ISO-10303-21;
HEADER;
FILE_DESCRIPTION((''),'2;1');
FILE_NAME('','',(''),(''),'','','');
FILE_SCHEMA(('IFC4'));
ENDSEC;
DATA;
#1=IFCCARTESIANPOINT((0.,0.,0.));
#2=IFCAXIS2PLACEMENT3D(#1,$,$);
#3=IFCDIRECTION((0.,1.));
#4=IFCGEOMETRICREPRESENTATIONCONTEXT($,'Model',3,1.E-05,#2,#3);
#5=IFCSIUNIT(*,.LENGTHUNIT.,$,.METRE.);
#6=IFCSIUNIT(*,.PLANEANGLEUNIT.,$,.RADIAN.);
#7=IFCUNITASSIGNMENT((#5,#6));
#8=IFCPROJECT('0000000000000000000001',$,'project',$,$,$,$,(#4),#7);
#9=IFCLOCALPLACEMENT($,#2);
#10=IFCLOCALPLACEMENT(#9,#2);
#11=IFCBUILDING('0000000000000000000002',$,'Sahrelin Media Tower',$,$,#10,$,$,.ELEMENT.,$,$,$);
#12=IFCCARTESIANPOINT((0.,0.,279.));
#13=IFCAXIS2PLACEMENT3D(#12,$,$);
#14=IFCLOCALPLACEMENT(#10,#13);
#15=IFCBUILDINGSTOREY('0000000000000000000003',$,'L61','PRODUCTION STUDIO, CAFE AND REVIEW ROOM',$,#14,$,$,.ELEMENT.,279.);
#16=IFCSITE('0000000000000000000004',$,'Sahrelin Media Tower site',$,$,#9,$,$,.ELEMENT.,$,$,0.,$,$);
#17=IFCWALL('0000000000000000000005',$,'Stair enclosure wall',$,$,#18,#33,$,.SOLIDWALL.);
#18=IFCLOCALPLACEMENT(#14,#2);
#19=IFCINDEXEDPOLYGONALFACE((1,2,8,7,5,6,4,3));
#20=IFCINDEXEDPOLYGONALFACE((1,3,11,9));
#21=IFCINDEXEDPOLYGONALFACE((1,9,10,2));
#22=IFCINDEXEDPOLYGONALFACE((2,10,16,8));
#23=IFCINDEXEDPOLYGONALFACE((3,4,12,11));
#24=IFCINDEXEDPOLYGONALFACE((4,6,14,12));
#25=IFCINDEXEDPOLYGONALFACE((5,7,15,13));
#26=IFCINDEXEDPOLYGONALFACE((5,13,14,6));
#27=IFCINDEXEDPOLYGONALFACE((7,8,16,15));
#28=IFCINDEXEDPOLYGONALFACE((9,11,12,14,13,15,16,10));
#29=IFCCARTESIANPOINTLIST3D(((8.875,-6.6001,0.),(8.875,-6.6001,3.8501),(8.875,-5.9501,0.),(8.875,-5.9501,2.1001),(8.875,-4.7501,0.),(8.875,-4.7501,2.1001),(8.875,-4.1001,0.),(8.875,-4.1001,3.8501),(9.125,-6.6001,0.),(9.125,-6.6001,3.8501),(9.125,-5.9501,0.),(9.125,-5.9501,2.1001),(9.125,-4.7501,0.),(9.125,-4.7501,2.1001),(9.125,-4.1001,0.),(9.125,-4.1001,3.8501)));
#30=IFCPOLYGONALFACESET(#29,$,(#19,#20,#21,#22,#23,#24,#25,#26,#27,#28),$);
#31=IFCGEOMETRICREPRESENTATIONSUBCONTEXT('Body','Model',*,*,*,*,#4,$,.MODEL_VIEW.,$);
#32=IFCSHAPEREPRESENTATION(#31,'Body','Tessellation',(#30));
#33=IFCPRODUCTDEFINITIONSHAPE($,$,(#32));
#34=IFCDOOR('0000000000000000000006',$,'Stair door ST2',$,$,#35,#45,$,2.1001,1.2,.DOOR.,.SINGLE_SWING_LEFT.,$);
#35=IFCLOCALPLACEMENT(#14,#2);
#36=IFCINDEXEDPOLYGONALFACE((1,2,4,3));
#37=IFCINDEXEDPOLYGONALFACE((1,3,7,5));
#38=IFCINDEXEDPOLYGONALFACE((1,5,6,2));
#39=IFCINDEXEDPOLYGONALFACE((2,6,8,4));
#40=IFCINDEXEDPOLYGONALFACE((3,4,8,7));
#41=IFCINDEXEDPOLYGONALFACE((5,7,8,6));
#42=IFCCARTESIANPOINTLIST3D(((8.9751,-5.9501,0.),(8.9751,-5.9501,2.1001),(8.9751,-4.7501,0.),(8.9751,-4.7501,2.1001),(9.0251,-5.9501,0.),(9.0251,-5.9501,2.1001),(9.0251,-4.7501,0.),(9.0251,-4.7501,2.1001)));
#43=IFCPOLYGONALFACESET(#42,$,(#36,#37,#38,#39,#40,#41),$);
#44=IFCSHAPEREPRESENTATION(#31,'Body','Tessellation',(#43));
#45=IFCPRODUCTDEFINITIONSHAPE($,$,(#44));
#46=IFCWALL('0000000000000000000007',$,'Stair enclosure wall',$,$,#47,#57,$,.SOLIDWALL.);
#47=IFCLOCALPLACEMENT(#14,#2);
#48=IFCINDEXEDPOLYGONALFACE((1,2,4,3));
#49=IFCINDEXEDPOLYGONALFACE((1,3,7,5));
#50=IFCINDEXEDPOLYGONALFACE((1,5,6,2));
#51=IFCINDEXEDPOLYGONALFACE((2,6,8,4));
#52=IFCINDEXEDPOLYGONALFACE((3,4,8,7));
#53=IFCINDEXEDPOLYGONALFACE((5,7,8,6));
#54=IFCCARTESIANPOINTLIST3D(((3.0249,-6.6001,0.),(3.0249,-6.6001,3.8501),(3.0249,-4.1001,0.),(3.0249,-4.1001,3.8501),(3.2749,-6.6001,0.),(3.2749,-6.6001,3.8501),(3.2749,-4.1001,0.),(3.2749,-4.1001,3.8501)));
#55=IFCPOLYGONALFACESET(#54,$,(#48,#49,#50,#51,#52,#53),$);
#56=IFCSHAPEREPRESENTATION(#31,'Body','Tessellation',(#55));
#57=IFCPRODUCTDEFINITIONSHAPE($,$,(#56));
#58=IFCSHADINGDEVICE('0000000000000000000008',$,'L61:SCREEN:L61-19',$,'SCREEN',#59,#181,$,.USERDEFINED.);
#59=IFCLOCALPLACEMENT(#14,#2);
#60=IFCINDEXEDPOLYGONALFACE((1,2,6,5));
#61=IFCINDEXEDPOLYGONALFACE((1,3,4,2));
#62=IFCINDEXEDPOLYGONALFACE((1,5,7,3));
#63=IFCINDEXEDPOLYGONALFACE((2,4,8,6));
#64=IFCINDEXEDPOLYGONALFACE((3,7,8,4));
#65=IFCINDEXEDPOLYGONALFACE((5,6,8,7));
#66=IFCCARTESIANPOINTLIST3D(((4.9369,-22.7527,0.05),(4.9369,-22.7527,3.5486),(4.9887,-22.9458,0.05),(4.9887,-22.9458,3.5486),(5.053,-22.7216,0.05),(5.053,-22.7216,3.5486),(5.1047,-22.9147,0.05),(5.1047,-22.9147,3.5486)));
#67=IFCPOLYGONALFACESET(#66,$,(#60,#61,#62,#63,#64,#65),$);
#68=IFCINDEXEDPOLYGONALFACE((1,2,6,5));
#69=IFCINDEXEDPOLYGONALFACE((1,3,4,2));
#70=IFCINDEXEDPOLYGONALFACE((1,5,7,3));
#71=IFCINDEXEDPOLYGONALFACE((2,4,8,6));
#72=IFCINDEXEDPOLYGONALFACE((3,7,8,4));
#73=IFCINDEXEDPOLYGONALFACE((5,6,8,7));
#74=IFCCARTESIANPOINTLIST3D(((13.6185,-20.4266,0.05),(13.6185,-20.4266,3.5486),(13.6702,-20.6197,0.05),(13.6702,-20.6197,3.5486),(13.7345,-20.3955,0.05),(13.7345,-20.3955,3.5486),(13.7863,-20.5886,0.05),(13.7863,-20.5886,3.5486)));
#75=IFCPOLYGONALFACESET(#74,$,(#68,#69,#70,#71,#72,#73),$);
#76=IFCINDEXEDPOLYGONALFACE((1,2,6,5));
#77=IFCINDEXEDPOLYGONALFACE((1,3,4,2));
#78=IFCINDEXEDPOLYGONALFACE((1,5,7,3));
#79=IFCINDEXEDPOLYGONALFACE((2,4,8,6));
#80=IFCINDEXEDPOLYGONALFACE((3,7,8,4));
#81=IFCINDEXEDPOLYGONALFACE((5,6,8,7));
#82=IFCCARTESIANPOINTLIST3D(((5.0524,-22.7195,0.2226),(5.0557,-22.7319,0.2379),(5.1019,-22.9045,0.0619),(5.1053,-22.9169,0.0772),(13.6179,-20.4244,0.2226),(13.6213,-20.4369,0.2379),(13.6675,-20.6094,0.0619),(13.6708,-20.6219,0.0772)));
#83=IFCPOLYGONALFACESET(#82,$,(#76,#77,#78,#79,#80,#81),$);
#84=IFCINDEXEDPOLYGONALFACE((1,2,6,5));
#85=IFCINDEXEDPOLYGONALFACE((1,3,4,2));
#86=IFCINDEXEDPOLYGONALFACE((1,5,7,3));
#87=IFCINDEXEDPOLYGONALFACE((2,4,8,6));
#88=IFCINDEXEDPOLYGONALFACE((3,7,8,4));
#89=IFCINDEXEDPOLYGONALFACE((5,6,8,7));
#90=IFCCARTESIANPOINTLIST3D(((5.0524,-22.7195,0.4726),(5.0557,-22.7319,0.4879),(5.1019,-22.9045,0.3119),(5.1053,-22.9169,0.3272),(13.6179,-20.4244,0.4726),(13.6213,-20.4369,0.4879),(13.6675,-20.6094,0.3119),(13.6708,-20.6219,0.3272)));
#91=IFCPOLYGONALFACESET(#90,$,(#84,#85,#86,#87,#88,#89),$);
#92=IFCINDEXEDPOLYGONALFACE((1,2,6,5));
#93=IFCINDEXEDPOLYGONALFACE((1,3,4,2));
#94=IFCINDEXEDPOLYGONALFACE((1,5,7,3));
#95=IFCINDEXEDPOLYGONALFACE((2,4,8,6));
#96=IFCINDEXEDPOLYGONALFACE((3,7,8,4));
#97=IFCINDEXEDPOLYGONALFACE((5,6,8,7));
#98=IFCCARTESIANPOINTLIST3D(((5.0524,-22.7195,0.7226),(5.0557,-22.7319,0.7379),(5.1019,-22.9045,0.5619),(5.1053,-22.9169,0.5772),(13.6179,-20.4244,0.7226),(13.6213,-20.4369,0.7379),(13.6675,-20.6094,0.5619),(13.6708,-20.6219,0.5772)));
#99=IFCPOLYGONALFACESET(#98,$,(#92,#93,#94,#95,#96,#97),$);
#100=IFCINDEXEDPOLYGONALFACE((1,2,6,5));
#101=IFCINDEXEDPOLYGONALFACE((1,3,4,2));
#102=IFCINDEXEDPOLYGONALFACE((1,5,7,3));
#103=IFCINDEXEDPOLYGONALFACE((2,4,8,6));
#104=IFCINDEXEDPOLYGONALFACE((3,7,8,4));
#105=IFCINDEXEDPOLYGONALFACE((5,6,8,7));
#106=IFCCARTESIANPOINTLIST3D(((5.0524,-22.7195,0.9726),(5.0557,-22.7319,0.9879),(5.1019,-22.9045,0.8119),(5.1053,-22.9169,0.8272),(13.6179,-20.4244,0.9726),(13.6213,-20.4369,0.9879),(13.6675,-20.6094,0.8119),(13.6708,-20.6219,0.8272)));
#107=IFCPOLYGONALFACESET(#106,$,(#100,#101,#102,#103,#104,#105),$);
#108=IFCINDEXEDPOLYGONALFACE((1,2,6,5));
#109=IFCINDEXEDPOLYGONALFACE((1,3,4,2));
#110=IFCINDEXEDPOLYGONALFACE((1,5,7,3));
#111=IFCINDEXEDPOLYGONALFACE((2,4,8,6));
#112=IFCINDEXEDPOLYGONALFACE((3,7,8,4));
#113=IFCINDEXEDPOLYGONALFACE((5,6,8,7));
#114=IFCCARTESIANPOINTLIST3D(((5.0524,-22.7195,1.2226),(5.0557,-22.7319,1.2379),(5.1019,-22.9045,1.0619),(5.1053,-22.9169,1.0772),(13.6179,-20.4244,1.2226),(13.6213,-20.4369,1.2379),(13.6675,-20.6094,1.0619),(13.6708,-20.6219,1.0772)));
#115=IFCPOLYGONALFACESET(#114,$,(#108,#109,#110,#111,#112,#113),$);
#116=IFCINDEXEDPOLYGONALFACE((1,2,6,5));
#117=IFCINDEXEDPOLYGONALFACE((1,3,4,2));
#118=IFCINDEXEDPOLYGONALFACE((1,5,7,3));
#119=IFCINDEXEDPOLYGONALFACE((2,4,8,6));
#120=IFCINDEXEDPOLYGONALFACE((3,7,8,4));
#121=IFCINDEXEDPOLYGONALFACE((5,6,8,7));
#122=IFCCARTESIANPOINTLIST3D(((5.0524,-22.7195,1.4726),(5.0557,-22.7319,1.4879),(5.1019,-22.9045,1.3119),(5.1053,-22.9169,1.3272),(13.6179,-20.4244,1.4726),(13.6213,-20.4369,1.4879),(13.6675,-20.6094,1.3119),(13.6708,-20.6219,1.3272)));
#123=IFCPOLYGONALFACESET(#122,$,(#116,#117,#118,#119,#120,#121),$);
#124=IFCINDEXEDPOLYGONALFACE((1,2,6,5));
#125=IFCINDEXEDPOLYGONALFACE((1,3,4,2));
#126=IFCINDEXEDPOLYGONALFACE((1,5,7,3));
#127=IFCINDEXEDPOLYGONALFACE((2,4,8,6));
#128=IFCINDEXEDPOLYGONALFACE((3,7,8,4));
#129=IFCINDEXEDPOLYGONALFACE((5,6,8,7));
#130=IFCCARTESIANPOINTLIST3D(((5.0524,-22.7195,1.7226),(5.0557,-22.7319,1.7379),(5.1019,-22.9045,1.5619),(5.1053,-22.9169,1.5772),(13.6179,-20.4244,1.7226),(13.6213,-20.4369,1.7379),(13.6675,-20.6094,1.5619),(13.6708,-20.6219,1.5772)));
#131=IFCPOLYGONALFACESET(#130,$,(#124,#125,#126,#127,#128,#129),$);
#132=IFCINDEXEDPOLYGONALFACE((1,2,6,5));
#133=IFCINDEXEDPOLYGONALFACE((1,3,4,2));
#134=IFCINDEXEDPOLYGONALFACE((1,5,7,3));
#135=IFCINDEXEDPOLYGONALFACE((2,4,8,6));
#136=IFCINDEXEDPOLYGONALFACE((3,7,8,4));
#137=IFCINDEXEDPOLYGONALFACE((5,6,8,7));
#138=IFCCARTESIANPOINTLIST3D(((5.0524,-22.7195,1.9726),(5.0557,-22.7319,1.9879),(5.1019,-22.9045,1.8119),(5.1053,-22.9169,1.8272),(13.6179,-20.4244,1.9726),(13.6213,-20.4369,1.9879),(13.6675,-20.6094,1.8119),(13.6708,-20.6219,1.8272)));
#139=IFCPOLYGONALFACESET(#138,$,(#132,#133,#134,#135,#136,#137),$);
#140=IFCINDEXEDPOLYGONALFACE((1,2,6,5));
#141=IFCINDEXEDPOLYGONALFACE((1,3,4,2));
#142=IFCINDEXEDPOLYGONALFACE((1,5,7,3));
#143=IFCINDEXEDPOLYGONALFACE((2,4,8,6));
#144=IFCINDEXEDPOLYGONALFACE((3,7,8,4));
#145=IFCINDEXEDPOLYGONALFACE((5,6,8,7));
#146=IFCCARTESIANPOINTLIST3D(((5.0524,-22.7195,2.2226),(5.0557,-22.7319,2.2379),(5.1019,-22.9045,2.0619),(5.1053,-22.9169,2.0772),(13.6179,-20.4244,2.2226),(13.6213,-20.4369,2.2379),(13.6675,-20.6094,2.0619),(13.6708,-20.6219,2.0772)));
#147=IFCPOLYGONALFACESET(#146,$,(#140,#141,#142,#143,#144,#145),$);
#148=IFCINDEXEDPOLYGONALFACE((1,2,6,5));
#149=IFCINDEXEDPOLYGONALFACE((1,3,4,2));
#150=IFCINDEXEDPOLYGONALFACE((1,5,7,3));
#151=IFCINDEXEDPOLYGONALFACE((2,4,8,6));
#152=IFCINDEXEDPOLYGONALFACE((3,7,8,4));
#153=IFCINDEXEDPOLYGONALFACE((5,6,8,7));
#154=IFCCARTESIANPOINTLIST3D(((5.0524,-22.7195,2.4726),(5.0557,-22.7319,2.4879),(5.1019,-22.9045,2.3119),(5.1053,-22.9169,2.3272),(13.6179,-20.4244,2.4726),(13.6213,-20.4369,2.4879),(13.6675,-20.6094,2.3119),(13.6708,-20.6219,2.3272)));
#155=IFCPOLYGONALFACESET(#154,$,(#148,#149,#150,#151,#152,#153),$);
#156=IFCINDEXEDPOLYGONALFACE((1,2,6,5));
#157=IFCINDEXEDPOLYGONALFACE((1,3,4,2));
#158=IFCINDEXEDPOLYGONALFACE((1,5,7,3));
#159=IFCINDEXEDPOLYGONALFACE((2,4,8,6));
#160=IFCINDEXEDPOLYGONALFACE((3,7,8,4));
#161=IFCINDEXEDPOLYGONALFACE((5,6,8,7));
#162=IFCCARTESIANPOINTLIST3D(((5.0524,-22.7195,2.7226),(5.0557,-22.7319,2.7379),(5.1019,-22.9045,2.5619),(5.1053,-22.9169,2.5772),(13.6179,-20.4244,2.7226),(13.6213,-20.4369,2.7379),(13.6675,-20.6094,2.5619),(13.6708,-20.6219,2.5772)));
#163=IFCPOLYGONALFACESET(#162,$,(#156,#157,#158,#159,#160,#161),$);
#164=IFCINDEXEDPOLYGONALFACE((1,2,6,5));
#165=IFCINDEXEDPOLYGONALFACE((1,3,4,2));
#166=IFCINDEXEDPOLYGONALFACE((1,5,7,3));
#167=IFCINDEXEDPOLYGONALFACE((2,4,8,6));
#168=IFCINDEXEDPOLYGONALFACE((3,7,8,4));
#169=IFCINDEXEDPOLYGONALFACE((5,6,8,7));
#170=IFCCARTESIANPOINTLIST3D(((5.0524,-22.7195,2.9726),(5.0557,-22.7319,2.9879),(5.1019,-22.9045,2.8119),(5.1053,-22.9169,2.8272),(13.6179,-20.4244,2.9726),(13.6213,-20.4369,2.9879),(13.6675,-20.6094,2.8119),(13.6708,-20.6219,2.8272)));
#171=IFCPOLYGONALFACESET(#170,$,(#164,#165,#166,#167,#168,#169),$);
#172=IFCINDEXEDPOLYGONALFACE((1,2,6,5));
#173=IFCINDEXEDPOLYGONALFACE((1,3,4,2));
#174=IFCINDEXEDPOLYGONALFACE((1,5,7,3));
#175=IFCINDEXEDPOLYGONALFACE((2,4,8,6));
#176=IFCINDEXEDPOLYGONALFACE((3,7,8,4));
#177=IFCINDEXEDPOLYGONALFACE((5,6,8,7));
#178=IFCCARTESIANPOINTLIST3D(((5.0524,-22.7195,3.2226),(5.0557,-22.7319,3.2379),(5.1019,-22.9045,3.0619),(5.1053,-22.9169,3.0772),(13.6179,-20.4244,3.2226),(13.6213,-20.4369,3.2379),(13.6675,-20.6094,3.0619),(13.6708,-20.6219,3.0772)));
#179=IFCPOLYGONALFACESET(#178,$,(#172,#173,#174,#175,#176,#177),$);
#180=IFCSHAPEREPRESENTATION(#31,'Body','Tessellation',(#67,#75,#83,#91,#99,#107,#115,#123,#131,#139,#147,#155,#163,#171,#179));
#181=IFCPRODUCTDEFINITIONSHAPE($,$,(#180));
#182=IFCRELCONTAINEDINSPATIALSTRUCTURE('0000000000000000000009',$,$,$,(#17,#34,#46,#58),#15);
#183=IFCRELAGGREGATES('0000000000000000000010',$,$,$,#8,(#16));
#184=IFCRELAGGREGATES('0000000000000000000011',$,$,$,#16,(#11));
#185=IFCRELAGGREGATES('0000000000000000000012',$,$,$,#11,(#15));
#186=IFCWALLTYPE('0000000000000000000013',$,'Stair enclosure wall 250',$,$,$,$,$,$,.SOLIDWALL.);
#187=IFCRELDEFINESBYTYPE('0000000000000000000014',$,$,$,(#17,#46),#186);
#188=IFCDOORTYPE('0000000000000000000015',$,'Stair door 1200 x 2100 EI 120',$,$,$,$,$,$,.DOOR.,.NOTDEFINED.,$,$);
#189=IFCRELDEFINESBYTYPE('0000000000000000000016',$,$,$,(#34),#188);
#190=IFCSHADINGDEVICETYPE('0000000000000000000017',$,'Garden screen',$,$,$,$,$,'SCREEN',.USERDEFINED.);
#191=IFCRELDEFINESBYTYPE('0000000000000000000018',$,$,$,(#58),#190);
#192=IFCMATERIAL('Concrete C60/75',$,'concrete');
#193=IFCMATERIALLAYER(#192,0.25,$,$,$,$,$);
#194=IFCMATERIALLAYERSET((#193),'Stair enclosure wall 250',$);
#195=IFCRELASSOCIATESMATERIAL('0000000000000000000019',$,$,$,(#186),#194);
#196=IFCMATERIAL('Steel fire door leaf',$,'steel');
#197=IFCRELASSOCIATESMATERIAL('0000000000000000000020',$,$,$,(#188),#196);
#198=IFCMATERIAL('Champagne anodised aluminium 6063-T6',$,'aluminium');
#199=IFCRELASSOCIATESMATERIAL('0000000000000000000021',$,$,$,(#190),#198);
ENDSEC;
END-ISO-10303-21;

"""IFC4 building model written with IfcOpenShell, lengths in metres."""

from ifc_helpers import new_model, si_unit, direction, frame, frame_2d, origin, origin_2d, place, context, subcontext, project, spatial, rectangle, extrude, material, layer, layer_set, type_object, element, fill, save


model = new_model("IFC4")

# Units and contexts
model_context = context("Model", 3, precision=1e-05, world=origin(), true_north=direction((0.0, 1.0)))
body_context = subcontext(model_context, "Body", "Model", "MODEL_VIEW")
ifc_project = project(units=[si_unit("LENGTHUNIT", "METRE"), si_unit("PLANEANGLEUNIT", "RADIAN")], contexts=[model_context])

# Site, building, storey
site_placement = place(None, origin())
site = spatial("IfcSite", under=ifc_project, at=site_placement, Name="Sahrelin Media Tower site", CompositionType="ELEMENT", RefElevation=0.0)
building_placement = place(site_placement, origin())
building = spatial("IfcBuilding", under=site, at=building_placement, Name="Sahrelin Media Tower", CompositionType="ELEMENT")
storey_placement = place(building_placement, frame((0.0, 0.0, 279.0)))
storey = spatial("IfcBuildingStorey", under=building, at=storey_placement, Name="L61", Description="PRODUCTION STUDIO, CAFE AND REVIEW ROOM", CompositionType="ELEMENT", Elevation=279.0)

# Shared definitions
ifc_material_1 = material(Name="Champagne anodised aluminium 6063-T6", Category="aluminium")

# Shared definitions
ifc_material_2 = material(Name="Concrete C60/75", Category="concrete")
ifc_material_3 = material(Name="Steel fire door leaf", Category="steel")

# Wall, opening, door
ifc_layer_1 = layer(ifc_material_2, 0.25)
ifc_layer_set_1 = layer_set([ifc_layer_1], Name="Stair enclosure wall 250")
wall_type_1 = type_object("IfcWallType", Name="Stair enclosure wall 250", PredefinedType="SOLIDWALL", material=ifc_layer_set_1)
wall_1_placement = place(storey_placement, frame((9.0, -6.6001, 0.0), z_axis=(0.0, 0.0, 1.0), x_axis=(0.0, 1.0, 0.0)))
wall_1 = element("IfcWall", 1, at=wall_1_placement, inside=storey, type_object=wall_type_1, Name="Stair enclosure wall", PredefinedType="SOLIDWALL", context=body_context, shape_type="SweptSolid", body=[
    extrude(rectangle(XDim=2.5, YDim=0.25, at=frame_2d((1.25, 0.0))), origin(), (0.0, 0.0, 1.0), 3.8501),
])
opening_1_placement = place(wall_1_placement, frame((0.6499, 0.0, 0.0)))
opening_1 = element("IfcOpeningElement", 2, at=opening_1_placement, cuts=wall_1, PredefinedType="OPENING", context=body_context, shape_type="SweptSolid", body=[
    extrude(rectangle(XDim=1.2, YDim=2.1001, at=frame_2d((0.6001, 1.05))), frame((0.0, 0.125, 0.0), z_axis=(0.0, -1.0, 0.0), x_axis=(1.0, 0.0, 0.0)), (0.0, 0.0, 1.0), 0.25),
])
door_type_1 = type_object("IfcDoorType", Name="Stair door 1200 x 2100 EI 120", OperationType="NOTDEFINED", PredefinedType="DOOR", material=ifc_material_3)
door_1_placement = place(opening_1_placement, origin())
door_1 = element("IfcDoor", 3, at=door_1_placement, inside=storey, type_object=door_type_1, Name="Stair door ST2", OperationType="SINGLE_SWING_LEFT", OverallHeight=2.1001, OverallWidth=1.2, PredefinedType="DOOR", context=body_context, shape_type="SweptSolid", body=[
    extrude(rectangle(XDim=1.2, YDim=2.1001, at=frame_2d((0.6001, 1.05))), frame((0.0, 0.0249, 0.0), z_axis=(0.0, -1.0, 0.0), x_axis=(1.0, 0.0, 0.0)), (0.0, 0.0, 1.0), 0.05),
])
fill(opening_1, door_1)

# Wall
wall_2_placement = place(storey_placement, frame((3.1499, -6.6001, 0.0), z_axis=(0.0, 0.0, 1.0), x_axis=(0.0, 1.0, 0.0)))
element("IfcWall", 4, at=wall_2_placement, inside=storey, type_object=wall_type_1, Name="Stair enclosure wall", PredefinedType="SOLIDWALL", context=body_context, shape_type="SweptSolid", body=[
    extrude(rectangle(XDim=2.5, YDim=0.25, at=frame_2d((1.25, 0.0))), origin(), (0.0, 0.0, 1.0), 3.8501),
])

# Shading device
shading_device_type = type_object("IfcShadingDeviceType", Name="Garden screen", ElementType="SCREEN", PredefinedType="USERDEFINED", material=ifc_material_1)
shading_device_placement = place(storey_placement, frame((9.3357, -21.574, 0.0), z_axis=(0.0, 0.0, 1.0), x_axis=(-0.965929, -0.258808, 0.0)))
element("IfcShadingDevice", 5, at=shading_device_placement, inside=storey, type_object=shading_device_type, Name="L61:SCREEN:L61-19", ObjectType="SCREEN", PredefinedType="USERDEFINED", context=body_context, shape_type="SweptSolid", body=[
    extrude(rectangle(XDim=0.1201, YDim=0.2, at=origin_2d()), frame((4.4939, 0.1001, 0.05), z_axis=(0.0, 0.0, 1.0), x_axis=(1.0, 0.0, 0.0)), (0.0, 0.0, 1.0), 3.4985),
    extrude(rectangle(XDim=0.1201, YDim=0.2, at=origin_2d()), frame((-4.4939, 0.1001, 0.05), z_axis=(0.0, 0.0, 1.0), x_axis=(1.0, 0.0, 0.0)), (0.0, 0.0, 1.0), 3.4985),
    extrude(rectangle(XDim=0.25, YDim=0.02, at=origin_2d()), frame((4.4338, 0.1001, 0.1499), z_axis=(-1.0, 0.0, 0.0), x_axis=(0.0, -0.766044, 0.642788)), (0.0, 0.0, 1.0), 8.8677),
    extrude(rectangle(XDim=0.25, YDim=0.02, at=origin_2d()), frame((4.4338, 0.1001, 0.3999), z_axis=(-1.0, 0.0, 0.0), x_axis=(0.0, -0.766044, 0.642788)), (0.0, 0.0, 1.0), 8.8677),
    extrude(rectangle(XDim=0.25, YDim=0.02, at=origin_2d()), frame((4.4338, 0.1001, 0.6499), z_axis=(-1.0, 0.0, 0.0), x_axis=(0.0, -0.766044, 0.642788)), (0.0, 0.0, 1.0), 8.8677),
    extrude(rectangle(XDim=0.25, YDim=0.02, at=origin_2d()), frame((4.4338, 0.1001, 0.8999), z_axis=(-1.0, 0.0, 0.0), x_axis=(0.0, -0.766044, 0.642788)), (0.0, 0.0, 1.0), 8.8677),
    extrude(rectangle(XDim=0.25, YDim=0.02, at=origin_2d()), frame((4.4338, 0.1001, 1.1499), z_axis=(-1.0, 0.0, 0.0), x_axis=(0.0, -0.766044, 0.642788)), (0.0, 0.0, 1.0), 8.8677),
    extrude(rectangle(XDim=0.25, YDim=0.02, at=origin_2d()), frame((4.4338, 0.1001, 1.3999), z_axis=(-1.0, 0.0, 0.0), x_axis=(0.0, -0.766044, 0.642788)), (0.0, 0.0, 1.0), 8.8677),
    extrude(rectangle(XDim=0.25, YDim=0.02, at=origin_2d()), frame((4.4338, 0.1001, 1.6499), z_axis=(-1.0, 0.0, 0.0), x_axis=(0.0, -0.766044, 0.642788)), (0.0, 0.0, 1.0), 8.8677),
    extrude(rectangle(XDim=0.25, YDim=0.02, at=origin_2d()), frame((4.4338, 0.1001, 1.8999), z_axis=(-1.0, 0.0, 0.0), x_axis=(0.0, -0.766044, 0.642788)), (0.0, 0.0, 1.0), 8.8677),
    extrude(rectangle(XDim=0.25, YDim=0.02, at=origin_2d()), frame((4.4338, 0.1001, 2.1499), z_axis=(-1.0, 0.0, 0.0), x_axis=(0.0, -0.766044, 0.642788)), (0.0, 0.0, 1.0), 8.8677),
    extrude(rectangle(XDim=0.25, YDim=0.02, at=origin_2d()), frame((4.4338, 0.1001, 2.3999), z_axis=(-1.0, 0.0, 0.0), x_axis=(0.0, -0.766044, 0.642788)), (0.0, 0.0, 1.0), 8.8677),
    extrude(rectangle(XDim=0.25, YDim=0.02, at=origin_2d()), frame((4.4338, 0.1001, 2.6499), z_axis=(-1.0, 0.0, 0.0), x_axis=(0.0, -0.766044, 0.642788)), (0.0, 0.0, 1.0), 8.8677),
    extrude(rectangle(XDim=0.25, YDim=0.02, at=origin_2d()), frame((4.4338, 0.1001, 2.8999), z_axis=(-1.0, 0.0, 0.0), x_axis=(0.0, -0.766044, 0.642788)), (0.0, 0.0, 1.0), 8.8677),
    extrude(rectangle(XDim=0.25, YDim=0.02, at=origin_2d()), frame((4.4338, 0.1001, 3.1499), z_axis=(-1.0, 0.0, 0.0), x_axis=(0.0, -0.766044, 0.642788)), (0.0, 0.0, 1.0), 8.8677),
])

save(model, "model.ifc")
